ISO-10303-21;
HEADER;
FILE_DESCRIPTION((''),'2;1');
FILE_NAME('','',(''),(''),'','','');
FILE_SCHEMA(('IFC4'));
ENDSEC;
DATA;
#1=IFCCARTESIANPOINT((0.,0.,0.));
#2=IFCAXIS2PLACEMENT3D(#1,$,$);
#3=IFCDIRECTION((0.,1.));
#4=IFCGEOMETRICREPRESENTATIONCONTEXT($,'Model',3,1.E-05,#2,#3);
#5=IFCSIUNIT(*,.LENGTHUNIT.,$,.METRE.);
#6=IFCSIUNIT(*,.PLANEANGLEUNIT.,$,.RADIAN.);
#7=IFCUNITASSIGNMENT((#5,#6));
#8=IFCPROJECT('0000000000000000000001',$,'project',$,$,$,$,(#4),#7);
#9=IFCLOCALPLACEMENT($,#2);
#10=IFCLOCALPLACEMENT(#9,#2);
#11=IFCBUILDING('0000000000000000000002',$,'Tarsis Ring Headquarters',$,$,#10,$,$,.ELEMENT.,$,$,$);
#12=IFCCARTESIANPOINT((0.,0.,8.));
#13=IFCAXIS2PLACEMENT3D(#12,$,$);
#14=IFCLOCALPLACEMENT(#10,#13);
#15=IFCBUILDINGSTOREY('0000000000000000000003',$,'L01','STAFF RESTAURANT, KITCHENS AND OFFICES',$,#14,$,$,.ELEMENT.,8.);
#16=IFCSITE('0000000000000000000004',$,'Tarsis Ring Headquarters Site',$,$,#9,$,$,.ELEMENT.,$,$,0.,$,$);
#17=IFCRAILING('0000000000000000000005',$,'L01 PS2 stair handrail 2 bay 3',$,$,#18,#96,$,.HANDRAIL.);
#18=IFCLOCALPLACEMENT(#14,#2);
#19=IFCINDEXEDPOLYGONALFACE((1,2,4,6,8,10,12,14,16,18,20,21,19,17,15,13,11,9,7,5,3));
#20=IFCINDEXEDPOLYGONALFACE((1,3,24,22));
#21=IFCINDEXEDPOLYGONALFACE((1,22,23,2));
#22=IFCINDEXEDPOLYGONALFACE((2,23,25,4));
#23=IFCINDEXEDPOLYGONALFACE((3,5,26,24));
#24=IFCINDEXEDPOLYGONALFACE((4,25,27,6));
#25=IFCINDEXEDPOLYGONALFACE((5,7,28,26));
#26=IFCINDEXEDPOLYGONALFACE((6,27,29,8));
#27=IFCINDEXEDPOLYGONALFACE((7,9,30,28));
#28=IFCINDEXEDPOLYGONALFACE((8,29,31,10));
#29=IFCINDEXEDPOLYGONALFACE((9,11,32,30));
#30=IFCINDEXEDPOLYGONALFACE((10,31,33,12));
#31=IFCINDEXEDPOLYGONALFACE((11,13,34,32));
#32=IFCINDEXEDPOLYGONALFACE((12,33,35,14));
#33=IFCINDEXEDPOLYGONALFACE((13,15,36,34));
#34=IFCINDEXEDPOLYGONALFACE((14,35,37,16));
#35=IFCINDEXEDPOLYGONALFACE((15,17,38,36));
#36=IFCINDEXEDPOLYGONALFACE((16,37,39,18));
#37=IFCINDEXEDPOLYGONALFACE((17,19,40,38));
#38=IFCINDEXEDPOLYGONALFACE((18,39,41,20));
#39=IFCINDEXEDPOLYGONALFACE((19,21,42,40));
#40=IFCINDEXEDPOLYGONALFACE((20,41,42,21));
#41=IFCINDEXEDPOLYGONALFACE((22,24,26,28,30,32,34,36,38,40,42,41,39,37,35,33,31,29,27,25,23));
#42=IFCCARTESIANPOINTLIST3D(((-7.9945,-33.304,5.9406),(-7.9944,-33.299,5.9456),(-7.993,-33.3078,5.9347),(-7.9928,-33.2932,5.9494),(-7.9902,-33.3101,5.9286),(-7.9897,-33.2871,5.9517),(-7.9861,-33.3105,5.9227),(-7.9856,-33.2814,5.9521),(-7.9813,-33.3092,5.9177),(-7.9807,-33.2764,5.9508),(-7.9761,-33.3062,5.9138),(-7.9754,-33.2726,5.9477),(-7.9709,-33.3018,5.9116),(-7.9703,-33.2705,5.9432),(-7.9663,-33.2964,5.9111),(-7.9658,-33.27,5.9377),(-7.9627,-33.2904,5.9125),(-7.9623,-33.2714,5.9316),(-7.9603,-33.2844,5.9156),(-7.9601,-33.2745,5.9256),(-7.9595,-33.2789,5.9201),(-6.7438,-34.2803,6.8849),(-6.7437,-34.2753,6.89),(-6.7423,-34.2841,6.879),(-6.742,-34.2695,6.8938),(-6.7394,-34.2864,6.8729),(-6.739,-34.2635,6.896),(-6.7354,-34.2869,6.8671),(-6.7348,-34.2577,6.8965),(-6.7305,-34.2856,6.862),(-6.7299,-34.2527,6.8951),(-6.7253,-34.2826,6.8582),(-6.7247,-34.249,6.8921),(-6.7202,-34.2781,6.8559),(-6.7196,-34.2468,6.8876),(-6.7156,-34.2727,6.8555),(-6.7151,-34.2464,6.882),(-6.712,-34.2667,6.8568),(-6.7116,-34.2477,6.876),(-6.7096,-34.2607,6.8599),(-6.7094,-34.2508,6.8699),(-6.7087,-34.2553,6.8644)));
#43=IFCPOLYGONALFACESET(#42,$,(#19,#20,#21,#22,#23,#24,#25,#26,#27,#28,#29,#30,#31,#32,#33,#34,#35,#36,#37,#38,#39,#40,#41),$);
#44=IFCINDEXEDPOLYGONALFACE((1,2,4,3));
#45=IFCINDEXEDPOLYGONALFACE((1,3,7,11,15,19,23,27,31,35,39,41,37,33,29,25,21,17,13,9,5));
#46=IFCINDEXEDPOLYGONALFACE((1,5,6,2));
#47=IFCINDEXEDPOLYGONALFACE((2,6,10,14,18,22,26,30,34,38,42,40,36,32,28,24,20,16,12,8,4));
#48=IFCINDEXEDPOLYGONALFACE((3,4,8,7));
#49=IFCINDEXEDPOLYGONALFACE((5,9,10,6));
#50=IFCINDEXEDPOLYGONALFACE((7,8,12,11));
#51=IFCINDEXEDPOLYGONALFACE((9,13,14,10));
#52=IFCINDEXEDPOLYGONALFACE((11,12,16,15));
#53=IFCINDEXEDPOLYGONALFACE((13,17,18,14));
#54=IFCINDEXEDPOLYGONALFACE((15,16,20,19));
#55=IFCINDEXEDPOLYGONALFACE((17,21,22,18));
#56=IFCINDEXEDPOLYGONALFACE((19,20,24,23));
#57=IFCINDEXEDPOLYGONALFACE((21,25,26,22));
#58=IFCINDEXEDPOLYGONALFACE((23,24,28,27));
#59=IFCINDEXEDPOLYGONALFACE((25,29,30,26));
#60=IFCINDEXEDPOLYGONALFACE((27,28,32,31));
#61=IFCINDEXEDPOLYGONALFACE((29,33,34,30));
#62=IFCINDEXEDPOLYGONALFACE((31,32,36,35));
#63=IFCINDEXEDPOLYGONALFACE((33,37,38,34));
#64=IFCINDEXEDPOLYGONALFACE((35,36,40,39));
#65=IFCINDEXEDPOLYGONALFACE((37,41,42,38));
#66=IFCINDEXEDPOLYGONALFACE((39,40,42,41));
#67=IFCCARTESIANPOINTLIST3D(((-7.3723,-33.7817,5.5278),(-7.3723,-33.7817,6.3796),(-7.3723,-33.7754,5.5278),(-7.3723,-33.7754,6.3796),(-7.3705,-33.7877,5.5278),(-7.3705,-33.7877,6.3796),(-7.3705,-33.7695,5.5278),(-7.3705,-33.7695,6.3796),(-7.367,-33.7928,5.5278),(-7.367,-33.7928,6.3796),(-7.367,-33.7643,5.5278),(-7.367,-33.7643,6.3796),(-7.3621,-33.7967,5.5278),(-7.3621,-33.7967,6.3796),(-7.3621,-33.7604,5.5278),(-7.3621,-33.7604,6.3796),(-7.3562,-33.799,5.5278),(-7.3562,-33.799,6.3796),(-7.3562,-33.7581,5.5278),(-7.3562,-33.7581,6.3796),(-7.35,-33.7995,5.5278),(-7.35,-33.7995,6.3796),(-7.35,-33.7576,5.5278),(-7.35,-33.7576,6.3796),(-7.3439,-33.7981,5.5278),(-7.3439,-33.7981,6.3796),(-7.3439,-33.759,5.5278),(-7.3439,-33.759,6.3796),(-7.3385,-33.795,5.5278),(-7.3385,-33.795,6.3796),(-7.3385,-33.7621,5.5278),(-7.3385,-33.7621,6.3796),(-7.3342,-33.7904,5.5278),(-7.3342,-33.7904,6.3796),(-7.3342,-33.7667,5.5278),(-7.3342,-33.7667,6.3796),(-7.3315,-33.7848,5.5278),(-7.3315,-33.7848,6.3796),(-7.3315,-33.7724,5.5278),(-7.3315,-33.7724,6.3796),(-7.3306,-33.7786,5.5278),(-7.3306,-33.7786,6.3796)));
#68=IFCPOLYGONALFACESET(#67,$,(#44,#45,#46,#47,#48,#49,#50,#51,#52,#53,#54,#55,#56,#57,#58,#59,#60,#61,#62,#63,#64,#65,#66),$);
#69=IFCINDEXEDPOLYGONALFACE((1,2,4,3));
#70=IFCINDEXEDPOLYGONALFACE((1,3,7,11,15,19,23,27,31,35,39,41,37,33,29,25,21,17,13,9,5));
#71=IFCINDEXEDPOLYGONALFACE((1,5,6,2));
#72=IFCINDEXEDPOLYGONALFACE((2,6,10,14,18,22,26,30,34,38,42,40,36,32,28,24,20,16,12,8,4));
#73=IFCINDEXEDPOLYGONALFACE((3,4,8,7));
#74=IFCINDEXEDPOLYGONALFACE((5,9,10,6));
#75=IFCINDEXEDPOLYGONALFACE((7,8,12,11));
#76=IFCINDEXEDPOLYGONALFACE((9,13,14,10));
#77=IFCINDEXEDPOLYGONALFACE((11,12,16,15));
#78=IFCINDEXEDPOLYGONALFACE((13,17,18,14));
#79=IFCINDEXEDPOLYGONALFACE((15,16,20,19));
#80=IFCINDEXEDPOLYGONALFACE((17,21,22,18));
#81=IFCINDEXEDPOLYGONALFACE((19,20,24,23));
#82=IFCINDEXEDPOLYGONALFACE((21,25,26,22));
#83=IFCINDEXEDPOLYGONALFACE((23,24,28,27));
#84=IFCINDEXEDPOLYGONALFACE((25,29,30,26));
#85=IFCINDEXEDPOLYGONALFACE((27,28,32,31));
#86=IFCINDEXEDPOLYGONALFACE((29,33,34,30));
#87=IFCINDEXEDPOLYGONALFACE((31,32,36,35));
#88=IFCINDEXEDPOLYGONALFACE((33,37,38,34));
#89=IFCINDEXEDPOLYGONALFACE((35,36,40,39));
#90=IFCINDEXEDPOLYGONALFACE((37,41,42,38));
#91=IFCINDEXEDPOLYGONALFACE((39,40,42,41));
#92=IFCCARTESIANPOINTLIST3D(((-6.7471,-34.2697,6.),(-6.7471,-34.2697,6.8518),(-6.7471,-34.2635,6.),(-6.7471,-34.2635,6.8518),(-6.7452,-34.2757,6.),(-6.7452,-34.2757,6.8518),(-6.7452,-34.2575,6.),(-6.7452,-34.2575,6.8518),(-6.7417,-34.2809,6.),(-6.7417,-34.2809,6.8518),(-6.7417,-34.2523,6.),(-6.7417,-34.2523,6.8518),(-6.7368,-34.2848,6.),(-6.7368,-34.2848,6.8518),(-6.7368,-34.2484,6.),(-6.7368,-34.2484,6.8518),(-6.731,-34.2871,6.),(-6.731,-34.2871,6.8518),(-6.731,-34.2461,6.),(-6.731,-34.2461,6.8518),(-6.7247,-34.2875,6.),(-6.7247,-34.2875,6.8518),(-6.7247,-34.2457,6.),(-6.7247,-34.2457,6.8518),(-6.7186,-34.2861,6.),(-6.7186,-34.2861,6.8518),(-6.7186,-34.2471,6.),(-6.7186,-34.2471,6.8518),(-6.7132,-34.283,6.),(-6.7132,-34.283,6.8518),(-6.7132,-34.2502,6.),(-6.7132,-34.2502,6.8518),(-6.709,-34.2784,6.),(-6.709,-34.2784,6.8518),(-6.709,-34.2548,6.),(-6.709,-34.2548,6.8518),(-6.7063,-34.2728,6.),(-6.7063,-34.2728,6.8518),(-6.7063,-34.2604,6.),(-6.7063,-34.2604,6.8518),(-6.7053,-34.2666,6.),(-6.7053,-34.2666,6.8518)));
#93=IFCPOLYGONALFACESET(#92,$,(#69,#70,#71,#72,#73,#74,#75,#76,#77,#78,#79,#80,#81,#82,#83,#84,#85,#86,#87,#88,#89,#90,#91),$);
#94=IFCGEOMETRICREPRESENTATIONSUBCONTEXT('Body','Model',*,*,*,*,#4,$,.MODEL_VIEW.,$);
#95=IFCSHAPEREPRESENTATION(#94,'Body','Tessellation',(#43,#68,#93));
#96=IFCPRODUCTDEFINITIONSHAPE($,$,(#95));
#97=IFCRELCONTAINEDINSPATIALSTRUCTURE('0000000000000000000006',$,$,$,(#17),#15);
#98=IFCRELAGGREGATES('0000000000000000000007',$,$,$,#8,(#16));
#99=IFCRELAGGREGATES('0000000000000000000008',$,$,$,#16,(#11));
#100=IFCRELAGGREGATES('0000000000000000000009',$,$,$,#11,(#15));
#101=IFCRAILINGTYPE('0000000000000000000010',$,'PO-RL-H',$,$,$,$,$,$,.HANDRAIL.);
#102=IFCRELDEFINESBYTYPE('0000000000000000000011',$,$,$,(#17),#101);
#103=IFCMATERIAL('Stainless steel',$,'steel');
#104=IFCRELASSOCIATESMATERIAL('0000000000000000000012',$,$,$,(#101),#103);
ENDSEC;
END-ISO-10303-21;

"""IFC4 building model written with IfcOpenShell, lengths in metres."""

from ifc_helpers import new_model, si_unit, direction, frame, origin, origin_2d, place, context, subcontext, project, spatial, circle, extrude, material, type_object, element, save


model = new_model("IFC4")

# Units and contexts
model_context = context("Model", 3, precision=1e-05, world=origin(), true_north=direction((0.0, 1.0)))
body_context = subcontext(model_context, "Body", "Model", "MODEL_VIEW")
ifc_project = project(units=[si_unit("LENGTHUNIT", "METRE"), si_unit("PLANEANGLEUNIT", "RADIAN")], contexts=[model_context])

# Site, building, storey
site_placement = place(None, origin())
site = spatial("IfcSite", under=ifc_project, at=site_placement, Name="Tarsis Ring Headquarters Site", CompositionType="ELEMENT", RefElevation=0.0)
building_placement = place(site_placement, origin())
building = spatial("IfcBuilding", under=site, at=building_placement, Name="Tarsis Ring Headquarters", CompositionType="ELEMENT")
storey_placement = place(building_placement, frame((0.0, 0.0, 8.0)))
storey = spatial("IfcBuildingStorey", under=building, at=storey_placement, Name="L01", Description="STAFF RESTAURANT, KITCHENS AND OFFICES", CompositionType="ELEMENT", Elevation=8.0)

# Railing
ifc_material_1 = material(Name="Stainless steel", Category="steel")
railing_type_1 = type_object("IfcRailingType", Name="PO-RL-H", PredefinedType="HANDRAIL", material=ifc_material_1)
railing_1_placement = place(storey_placement, frame((-7.9771, -33.2903, 5.0557)))
element("IfcRailing", 1, at=railing_1_placement, inside=storey, type_object=railing_type_1, Name="L01 PS2 stair handrail 2 bay 3", PredefinedType="HANDRAIL", context=body_context, shape_type="SweptSolid", body=[
    extrude(circle(Radius=0.0239, at=origin_2d()), frame((0.0, 0.0, 0.876), z_axis=(0.677379, -0.52876, 0.511439), x_axis=(0.615324, 0.788274, 0.0)), (0.0, 0.0, 1.0), 1.8464),
    extrude(circle(Radius=0.021, at=origin_2d()), frame((0.6255, -0.4883, 0.4722)), (0.0, 0.0, 1.0), 0.8518),
    extrude(circle(Radius=0.021, at=origin_2d()), frame((1.2507, -0.9763, 0.9443)), (0.0, 0.0, 1.0), 0.8518),
])

save(model, "model.ifc")
